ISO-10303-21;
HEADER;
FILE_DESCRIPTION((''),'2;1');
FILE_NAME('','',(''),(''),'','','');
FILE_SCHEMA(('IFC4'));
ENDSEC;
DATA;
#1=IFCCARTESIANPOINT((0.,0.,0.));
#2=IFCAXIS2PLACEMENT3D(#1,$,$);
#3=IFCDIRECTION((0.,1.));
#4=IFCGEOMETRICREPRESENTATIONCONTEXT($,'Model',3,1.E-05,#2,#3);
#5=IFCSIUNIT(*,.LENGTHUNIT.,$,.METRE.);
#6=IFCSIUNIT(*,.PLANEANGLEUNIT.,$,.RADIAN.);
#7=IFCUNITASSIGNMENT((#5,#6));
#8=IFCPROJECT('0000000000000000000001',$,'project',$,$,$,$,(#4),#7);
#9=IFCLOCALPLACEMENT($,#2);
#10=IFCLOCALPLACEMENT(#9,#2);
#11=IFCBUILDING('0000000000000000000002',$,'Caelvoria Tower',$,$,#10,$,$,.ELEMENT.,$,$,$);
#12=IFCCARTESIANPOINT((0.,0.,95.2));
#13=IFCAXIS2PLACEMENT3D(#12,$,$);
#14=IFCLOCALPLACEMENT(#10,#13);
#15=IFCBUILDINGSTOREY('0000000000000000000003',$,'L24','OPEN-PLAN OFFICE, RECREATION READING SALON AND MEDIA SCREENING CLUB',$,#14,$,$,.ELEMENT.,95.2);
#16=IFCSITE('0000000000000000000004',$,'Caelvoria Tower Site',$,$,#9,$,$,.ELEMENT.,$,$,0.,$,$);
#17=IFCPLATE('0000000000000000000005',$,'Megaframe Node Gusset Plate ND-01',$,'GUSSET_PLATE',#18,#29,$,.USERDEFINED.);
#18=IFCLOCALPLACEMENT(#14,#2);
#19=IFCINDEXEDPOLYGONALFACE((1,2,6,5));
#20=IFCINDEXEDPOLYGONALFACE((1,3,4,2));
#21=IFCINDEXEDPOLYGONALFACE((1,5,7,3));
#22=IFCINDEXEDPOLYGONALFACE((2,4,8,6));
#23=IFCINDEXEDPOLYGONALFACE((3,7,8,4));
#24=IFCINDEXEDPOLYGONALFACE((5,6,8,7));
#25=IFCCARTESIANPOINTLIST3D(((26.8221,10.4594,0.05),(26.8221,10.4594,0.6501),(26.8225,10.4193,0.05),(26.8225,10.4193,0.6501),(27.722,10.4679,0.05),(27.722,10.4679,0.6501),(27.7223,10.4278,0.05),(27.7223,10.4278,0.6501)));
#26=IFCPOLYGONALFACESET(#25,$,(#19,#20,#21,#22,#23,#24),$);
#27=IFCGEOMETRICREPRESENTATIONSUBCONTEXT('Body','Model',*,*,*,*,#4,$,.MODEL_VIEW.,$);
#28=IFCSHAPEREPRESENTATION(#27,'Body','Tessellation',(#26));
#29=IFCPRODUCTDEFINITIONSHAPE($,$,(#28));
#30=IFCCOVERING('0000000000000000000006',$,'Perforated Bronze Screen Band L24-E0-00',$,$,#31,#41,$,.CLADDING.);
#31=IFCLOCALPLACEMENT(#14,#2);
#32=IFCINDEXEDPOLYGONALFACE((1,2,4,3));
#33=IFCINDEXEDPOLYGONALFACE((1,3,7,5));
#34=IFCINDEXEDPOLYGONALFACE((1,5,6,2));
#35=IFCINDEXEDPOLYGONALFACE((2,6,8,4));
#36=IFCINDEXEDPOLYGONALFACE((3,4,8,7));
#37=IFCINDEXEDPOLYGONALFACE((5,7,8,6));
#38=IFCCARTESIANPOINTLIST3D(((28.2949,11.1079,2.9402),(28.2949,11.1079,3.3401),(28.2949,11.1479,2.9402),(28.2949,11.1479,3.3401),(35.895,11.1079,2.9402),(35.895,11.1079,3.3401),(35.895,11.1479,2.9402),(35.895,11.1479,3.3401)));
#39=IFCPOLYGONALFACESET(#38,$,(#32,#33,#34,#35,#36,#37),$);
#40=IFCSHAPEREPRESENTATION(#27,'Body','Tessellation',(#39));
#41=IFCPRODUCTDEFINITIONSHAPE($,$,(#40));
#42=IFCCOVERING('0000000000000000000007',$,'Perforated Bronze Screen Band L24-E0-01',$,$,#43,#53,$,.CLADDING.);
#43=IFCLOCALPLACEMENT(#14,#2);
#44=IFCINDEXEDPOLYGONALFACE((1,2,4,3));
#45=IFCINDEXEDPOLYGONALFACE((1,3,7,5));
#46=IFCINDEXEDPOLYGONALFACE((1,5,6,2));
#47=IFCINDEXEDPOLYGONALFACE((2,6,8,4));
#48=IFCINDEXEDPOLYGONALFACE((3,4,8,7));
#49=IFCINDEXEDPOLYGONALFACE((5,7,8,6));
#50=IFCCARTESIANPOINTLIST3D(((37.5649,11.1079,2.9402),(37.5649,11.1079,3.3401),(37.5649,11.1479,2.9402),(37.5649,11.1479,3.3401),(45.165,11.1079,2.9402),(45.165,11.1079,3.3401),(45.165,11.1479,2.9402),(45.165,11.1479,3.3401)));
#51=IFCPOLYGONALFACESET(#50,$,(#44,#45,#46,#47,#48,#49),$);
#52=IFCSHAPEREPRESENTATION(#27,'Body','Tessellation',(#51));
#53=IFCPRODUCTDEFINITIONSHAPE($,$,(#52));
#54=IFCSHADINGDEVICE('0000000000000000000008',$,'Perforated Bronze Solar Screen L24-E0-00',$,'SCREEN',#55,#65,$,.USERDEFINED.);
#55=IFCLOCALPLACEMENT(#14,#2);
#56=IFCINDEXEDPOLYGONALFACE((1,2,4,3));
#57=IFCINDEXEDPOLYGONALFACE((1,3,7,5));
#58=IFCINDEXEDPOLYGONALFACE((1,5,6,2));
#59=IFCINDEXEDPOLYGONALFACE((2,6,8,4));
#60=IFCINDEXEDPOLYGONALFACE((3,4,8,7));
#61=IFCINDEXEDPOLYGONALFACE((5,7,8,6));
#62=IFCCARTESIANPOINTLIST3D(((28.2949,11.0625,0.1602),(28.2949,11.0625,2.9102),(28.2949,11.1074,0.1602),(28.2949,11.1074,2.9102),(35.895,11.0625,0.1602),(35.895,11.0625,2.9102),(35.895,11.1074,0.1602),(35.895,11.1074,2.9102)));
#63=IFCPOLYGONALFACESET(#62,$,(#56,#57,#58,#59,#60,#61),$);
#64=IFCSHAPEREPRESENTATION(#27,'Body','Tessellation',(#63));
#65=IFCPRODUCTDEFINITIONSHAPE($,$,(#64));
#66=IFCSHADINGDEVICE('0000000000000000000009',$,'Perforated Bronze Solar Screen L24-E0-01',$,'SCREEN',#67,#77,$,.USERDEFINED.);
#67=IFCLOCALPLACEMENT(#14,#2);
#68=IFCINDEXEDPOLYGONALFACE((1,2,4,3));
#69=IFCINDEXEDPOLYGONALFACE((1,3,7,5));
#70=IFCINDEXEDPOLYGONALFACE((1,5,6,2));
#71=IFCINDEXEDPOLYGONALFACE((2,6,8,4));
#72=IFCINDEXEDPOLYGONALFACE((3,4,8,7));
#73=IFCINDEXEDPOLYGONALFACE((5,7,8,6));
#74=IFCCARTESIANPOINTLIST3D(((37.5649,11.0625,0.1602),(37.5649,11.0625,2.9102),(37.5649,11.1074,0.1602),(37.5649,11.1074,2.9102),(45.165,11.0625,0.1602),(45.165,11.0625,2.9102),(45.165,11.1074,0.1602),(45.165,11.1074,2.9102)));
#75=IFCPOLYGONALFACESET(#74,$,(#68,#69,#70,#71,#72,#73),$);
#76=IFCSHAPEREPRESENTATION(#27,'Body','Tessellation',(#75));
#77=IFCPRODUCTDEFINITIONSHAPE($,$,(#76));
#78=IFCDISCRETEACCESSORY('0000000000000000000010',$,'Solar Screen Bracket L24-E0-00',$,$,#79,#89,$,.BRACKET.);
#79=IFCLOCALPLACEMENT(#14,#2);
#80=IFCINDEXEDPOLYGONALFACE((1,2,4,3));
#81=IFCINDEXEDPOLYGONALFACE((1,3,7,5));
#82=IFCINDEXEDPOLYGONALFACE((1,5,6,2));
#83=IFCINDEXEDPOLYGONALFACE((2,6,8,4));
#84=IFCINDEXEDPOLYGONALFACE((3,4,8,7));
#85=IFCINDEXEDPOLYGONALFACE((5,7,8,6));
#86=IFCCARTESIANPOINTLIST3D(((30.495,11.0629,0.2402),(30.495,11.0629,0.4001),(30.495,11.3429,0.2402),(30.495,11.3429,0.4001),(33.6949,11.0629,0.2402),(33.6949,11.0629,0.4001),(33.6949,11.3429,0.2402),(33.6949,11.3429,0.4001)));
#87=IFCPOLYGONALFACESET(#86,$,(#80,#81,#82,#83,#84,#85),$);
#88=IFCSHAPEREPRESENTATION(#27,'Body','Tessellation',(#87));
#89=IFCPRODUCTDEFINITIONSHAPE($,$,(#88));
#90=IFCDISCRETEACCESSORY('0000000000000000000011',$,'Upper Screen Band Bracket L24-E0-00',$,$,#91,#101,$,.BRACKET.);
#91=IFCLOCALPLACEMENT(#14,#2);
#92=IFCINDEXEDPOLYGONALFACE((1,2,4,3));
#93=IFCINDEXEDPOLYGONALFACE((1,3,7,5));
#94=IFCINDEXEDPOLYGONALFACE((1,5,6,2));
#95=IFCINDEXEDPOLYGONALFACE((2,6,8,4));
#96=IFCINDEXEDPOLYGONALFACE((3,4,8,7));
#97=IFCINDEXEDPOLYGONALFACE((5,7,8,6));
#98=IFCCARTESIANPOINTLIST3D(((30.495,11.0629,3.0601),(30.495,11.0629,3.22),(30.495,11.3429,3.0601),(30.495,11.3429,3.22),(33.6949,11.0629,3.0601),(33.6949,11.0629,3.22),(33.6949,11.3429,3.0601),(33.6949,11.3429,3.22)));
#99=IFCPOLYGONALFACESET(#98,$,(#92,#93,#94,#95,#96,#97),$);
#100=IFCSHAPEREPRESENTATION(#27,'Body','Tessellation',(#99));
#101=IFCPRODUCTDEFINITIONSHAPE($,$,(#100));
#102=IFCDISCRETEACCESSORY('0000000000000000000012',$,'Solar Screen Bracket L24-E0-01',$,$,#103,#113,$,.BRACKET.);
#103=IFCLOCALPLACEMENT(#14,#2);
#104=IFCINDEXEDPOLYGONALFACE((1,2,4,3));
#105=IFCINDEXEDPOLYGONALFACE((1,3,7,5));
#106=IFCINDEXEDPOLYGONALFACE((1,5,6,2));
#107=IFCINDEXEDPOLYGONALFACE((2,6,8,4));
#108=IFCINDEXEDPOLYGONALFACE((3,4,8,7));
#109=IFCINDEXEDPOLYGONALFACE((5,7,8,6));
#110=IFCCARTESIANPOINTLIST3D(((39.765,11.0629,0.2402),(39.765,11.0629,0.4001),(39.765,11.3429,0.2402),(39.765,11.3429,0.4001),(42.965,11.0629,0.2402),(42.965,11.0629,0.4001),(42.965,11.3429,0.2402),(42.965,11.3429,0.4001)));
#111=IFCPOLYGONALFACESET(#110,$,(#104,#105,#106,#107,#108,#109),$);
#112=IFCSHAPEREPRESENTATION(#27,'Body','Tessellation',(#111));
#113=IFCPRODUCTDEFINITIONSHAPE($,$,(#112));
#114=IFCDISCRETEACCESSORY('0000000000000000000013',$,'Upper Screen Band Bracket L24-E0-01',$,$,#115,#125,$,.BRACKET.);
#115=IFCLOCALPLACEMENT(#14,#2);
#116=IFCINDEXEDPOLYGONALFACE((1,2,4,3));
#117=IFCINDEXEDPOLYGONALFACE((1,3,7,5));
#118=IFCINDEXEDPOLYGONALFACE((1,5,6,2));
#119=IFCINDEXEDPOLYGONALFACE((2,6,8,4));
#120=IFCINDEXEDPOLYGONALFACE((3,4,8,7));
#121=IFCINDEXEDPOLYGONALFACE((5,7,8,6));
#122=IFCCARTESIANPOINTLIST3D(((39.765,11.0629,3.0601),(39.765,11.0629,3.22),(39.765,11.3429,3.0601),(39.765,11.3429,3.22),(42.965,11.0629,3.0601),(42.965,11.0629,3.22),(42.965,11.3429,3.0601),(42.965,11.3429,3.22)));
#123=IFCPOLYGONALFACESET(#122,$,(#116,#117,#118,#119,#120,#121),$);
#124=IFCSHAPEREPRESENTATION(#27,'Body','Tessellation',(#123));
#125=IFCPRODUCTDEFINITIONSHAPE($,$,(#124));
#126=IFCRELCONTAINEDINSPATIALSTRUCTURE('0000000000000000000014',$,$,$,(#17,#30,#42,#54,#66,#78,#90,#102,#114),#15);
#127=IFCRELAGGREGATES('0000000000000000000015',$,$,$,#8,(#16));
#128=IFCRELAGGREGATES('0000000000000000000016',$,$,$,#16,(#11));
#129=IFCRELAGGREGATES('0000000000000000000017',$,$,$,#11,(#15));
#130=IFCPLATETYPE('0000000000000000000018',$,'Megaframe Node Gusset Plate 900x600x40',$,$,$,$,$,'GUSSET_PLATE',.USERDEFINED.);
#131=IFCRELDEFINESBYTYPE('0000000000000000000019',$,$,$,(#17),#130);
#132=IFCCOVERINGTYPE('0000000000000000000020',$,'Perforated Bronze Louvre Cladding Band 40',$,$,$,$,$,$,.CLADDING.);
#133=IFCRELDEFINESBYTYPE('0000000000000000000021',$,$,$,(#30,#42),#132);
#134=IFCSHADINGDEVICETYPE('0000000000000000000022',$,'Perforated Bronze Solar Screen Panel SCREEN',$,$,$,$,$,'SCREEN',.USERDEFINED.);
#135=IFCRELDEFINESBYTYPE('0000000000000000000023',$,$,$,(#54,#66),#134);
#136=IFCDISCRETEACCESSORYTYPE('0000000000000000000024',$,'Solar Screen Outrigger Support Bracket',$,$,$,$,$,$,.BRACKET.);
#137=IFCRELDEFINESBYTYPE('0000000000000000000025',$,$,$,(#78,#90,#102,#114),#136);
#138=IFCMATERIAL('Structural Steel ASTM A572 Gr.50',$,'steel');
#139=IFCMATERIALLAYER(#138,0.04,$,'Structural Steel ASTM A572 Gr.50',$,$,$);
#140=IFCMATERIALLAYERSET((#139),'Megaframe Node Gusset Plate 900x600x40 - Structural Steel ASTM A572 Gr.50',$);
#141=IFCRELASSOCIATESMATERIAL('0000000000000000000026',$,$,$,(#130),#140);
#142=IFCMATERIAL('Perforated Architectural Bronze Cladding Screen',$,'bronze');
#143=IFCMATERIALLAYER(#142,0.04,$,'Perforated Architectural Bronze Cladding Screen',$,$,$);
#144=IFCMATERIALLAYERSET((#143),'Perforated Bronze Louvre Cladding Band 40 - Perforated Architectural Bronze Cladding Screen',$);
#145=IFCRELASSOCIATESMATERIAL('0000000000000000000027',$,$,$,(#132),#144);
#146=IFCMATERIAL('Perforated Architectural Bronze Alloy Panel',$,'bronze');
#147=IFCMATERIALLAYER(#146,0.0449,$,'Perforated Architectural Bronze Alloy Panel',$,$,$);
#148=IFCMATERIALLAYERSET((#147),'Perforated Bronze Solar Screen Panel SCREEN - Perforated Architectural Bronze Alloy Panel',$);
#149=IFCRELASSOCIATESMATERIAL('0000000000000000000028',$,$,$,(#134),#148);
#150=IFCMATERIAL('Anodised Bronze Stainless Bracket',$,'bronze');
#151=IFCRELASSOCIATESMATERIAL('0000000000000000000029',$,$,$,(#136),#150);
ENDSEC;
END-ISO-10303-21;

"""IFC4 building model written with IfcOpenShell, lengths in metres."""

from ifc_helpers import new_model, si_unit, direction, frame, origin, origin_2d, place, context, subcontext, project, spatial, rectangle, extrude, material, layer, layer_set, type_object, element, save


model = new_model("IFC4")

# Units and contexts
model_context = context("Model", 3, precision=1e-05, world=origin(), true_north=direction((0.0, 1.0)))
body_context = subcontext(model_context, "Body", "Model", "MODEL_VIEW")
ifc_project = project(units=[si_unit("LENGTHUNIT", "METRE"), si_unit("PLANEANGLEUNIT", "RADIAN")], contexts=[model_context])

# Site, building, storey
site_placement = place(None, origin())
site = spatial("IfcSite", under=ifc_project, at=site_placement, Name="Caelvoria Tower Site", CompositionType="ELEMENT", RefElevation=0.0)
building_placement = place(site_placement, origin())
building = spatial("IfcBuilding", under=site, at=building_placement, Name="Caelvoria Tower", CompositionType="ELEMENT")
storey_placement = place(building_placement, frame((0.0, 0.0, 95.2)))
storey = spatial("IfcBuildingStorey", under=building, at=storey_placement, Name="L24", Description="OPEN-PLAN OFFICE, RECREATION READING SALON AND MEDIA SCREENING CLUB", CompositionType="ELEMENT", Elevation=95.2)

# Shared definitions
ifc_material_1 = material(Name="Structural Steel ASTM A572 Gr.50", Category="steel")

# Plate
ifc_layer_1 = layer(ifc_material_1, 0.04, Name="Structural Steel ASTM A572 Gr.50")
ifc_layer_set_1 = layer_set([ifc_layer_1], Name="Megaframe Node Gusset Plate 900x600x40 - Structural Steel ASTM A572 Gr.50")
plate_type = type_object("IfcPlateType", Name="Megaframe Node Gusset Plate 900x600x40", ElementType="GUSSET_PLATE", PredefinedType="USERDEFINED", material=ifc_layer_set_1)
plate_placement = place(storey_placement, frame((27.2722, 10.4436, 0.05), z_axis=(0.0, 0.0, 1.0), x_axis=(0.999956, 0.009425, 0.0)))
element("IfcPlate", 1, at=plate_placement, inside=storey, type_object=plate_type, Name="Megaframe Node Gusset Plate ND-01", ObjectType="GUSSET_PLATE", PredefinedType="USERDEFINED", context=body_context, shape_type="SweptSolid", body=[
    extrude(rectangle(XDim=0.8999, YDim=0.04, at=origin_2d()), origin(), (0.0, 0.0, 1.0), 0.6001),
])

# Coverings
ifc_material_2 = material(Name="Perforated Architectural Bronze Cladding Screen", Category="bronze")
ifc_layer_2 = layer(ifc_material_2, 0.04, Name="Perforated Architectural Bronze Cladding Screen")
ifc_layer_set_2 = layer_set([ifc_layer_2], Name="Perforated Bronze Louvre Cladding Band 40 - Perforated Architectural Bronze Cladding Screen")
covering_type = type_object("IfcCoveringType", Name="Perforated Bronze Louvre Cladding Band 40", PredefinedType="CLADDING", material=ifc_layer_set_2)
for number, where, z_axis, x_axis, name in (
    (2, (32.095, 11.1279, 2.9402), (0.0, 0.0, 1.0), (1.0, 0.0, 0.0), "Perforated Bronze Screen Band L24-E0-00"),
    (3, (41.365, 11.1279, 2.9402), (0.0, 0.0, 1.0), (1.0, 0.0, 0.0), "Perforated Bronze Screen Band L24-E0-01"),
):
    element("IfcCovering", number, at=place(storey_placement, frame(where, z_axis=z_axis, x_axis=x_axis)), inside=storey, type_object=covering_type, Name=name, PredefinedType="CLADDING", context=body_context, shape_type="SweptSolid", body=[
        extrude(rectangle(XDim=7.6001, YDim=0.04, at=origin_2d()), origin(), (0.0, 0.0, 1.0), 0.3999),
    ])

# Shading devices
ifc_material_3 = material(Name="Perforated Architectural Bronze Alloy Panel", Category="bronze")
ifc_layer_3 = layer(ifc_material_3, 0.0449, Name="Perforated Architectural Bronze Alloy Panel")
ifc_layer_set_3 = layer_set([ifc_layer_3], Name="Perforated Bronze Solar Screen Panel SCREEN - Perforated Architectural Bronze Alloy Panel")
shading_device_type = type_object("IfcShadingDeviceType", Name="Perforated Bronze Solar Screen Panel SCREEN", ElementType="SCREEN", PredefinedType="USERDEFINED", material=ifc_layer_set_3)
for number, where, z_axis, x_axis, name in (
    (4, (32.095, 11.085, 0.1602), (0.0, 0.0, 1.0), (1.0, 0.0, 0.0), "Perforated Bronze Solar Screen L24-E0-00"),
    (5, (41.365, 11.085, 0.1602), (0.0, 0.0, 1.0), (1.0, 0.0, 0.0), "Perforated Bronze Solar Screen L24-E0-01"),
):
    element("IfcShadingDevice", number, at=place(storey_placement, frame(where, z_axis=z_axis, x_axis=x_axis)), inside=storey, type_object=shading_device_type, Name=name, ObjectType="SCREEN", PredefinedType="USERDEFINED", context=body_context, shape_type="SweptSolid", body=[
        extrude(rectangle(XDim=7.6001, YDim=0.0449, at=origin_2d()), origin(), (0.0, 0.0, 1.0), 2.75),
    ])

# Discrete accessories
ifc_material_4 = material(Name="Anodised Bronze Stainless Bracket", Category="bronze")
discrete_accessory_type = type_object("IfcDiscreteAccessoryType", Name="Solar Screen Outrigger Support Bracket", PredefinedType="BRACKET", material=ifc_material_4)
for number, where, z_axis, x_axis, name in (
    (6, (32.095, 11.2029, 0.2402), (0.0, 0.0, 1.0), (1.0, 0.0, 0.0), "Solar Screen Bracket L24-E0-00"),
    (7, (32.095, 11.2029, 3.0601), (0.0, 0.0, 1.0), (1.0, 0.0, 0.0), "Upper Screen Band Bracket L24-E0-00"),
    (8, (41.365, 11.2029, 0.2402), (0.0, 0.0, 1.0), (1.0, 0.0, 0.0), "Solar Screen Bracket L24-E0-01"),
    (9, (41.365, 11.2029, 3.0601), (0.0, 0.0, 1.0), (1.0, 0.0, 0.0), "Upper Screen Band Bracket L24-E0-01"),
):
    element("IfcDiscreteAccessory", number, at=place(storey_placement, frame(where, z_axis=z_axis, x_axis=x_axis)), inside=storey, type_object=discrete_accessory_type, Name=name, PredefinedType="BRACKET", context=body_context, shape_type="SweptSolid", body=[
        extrude(rectangle(XDim=3.2, YDim=0.28, at=origin_2d()), origin(), (0.0, 0.0, 1.0), 0.1599),
    ])

save(model, "model.ifc")
